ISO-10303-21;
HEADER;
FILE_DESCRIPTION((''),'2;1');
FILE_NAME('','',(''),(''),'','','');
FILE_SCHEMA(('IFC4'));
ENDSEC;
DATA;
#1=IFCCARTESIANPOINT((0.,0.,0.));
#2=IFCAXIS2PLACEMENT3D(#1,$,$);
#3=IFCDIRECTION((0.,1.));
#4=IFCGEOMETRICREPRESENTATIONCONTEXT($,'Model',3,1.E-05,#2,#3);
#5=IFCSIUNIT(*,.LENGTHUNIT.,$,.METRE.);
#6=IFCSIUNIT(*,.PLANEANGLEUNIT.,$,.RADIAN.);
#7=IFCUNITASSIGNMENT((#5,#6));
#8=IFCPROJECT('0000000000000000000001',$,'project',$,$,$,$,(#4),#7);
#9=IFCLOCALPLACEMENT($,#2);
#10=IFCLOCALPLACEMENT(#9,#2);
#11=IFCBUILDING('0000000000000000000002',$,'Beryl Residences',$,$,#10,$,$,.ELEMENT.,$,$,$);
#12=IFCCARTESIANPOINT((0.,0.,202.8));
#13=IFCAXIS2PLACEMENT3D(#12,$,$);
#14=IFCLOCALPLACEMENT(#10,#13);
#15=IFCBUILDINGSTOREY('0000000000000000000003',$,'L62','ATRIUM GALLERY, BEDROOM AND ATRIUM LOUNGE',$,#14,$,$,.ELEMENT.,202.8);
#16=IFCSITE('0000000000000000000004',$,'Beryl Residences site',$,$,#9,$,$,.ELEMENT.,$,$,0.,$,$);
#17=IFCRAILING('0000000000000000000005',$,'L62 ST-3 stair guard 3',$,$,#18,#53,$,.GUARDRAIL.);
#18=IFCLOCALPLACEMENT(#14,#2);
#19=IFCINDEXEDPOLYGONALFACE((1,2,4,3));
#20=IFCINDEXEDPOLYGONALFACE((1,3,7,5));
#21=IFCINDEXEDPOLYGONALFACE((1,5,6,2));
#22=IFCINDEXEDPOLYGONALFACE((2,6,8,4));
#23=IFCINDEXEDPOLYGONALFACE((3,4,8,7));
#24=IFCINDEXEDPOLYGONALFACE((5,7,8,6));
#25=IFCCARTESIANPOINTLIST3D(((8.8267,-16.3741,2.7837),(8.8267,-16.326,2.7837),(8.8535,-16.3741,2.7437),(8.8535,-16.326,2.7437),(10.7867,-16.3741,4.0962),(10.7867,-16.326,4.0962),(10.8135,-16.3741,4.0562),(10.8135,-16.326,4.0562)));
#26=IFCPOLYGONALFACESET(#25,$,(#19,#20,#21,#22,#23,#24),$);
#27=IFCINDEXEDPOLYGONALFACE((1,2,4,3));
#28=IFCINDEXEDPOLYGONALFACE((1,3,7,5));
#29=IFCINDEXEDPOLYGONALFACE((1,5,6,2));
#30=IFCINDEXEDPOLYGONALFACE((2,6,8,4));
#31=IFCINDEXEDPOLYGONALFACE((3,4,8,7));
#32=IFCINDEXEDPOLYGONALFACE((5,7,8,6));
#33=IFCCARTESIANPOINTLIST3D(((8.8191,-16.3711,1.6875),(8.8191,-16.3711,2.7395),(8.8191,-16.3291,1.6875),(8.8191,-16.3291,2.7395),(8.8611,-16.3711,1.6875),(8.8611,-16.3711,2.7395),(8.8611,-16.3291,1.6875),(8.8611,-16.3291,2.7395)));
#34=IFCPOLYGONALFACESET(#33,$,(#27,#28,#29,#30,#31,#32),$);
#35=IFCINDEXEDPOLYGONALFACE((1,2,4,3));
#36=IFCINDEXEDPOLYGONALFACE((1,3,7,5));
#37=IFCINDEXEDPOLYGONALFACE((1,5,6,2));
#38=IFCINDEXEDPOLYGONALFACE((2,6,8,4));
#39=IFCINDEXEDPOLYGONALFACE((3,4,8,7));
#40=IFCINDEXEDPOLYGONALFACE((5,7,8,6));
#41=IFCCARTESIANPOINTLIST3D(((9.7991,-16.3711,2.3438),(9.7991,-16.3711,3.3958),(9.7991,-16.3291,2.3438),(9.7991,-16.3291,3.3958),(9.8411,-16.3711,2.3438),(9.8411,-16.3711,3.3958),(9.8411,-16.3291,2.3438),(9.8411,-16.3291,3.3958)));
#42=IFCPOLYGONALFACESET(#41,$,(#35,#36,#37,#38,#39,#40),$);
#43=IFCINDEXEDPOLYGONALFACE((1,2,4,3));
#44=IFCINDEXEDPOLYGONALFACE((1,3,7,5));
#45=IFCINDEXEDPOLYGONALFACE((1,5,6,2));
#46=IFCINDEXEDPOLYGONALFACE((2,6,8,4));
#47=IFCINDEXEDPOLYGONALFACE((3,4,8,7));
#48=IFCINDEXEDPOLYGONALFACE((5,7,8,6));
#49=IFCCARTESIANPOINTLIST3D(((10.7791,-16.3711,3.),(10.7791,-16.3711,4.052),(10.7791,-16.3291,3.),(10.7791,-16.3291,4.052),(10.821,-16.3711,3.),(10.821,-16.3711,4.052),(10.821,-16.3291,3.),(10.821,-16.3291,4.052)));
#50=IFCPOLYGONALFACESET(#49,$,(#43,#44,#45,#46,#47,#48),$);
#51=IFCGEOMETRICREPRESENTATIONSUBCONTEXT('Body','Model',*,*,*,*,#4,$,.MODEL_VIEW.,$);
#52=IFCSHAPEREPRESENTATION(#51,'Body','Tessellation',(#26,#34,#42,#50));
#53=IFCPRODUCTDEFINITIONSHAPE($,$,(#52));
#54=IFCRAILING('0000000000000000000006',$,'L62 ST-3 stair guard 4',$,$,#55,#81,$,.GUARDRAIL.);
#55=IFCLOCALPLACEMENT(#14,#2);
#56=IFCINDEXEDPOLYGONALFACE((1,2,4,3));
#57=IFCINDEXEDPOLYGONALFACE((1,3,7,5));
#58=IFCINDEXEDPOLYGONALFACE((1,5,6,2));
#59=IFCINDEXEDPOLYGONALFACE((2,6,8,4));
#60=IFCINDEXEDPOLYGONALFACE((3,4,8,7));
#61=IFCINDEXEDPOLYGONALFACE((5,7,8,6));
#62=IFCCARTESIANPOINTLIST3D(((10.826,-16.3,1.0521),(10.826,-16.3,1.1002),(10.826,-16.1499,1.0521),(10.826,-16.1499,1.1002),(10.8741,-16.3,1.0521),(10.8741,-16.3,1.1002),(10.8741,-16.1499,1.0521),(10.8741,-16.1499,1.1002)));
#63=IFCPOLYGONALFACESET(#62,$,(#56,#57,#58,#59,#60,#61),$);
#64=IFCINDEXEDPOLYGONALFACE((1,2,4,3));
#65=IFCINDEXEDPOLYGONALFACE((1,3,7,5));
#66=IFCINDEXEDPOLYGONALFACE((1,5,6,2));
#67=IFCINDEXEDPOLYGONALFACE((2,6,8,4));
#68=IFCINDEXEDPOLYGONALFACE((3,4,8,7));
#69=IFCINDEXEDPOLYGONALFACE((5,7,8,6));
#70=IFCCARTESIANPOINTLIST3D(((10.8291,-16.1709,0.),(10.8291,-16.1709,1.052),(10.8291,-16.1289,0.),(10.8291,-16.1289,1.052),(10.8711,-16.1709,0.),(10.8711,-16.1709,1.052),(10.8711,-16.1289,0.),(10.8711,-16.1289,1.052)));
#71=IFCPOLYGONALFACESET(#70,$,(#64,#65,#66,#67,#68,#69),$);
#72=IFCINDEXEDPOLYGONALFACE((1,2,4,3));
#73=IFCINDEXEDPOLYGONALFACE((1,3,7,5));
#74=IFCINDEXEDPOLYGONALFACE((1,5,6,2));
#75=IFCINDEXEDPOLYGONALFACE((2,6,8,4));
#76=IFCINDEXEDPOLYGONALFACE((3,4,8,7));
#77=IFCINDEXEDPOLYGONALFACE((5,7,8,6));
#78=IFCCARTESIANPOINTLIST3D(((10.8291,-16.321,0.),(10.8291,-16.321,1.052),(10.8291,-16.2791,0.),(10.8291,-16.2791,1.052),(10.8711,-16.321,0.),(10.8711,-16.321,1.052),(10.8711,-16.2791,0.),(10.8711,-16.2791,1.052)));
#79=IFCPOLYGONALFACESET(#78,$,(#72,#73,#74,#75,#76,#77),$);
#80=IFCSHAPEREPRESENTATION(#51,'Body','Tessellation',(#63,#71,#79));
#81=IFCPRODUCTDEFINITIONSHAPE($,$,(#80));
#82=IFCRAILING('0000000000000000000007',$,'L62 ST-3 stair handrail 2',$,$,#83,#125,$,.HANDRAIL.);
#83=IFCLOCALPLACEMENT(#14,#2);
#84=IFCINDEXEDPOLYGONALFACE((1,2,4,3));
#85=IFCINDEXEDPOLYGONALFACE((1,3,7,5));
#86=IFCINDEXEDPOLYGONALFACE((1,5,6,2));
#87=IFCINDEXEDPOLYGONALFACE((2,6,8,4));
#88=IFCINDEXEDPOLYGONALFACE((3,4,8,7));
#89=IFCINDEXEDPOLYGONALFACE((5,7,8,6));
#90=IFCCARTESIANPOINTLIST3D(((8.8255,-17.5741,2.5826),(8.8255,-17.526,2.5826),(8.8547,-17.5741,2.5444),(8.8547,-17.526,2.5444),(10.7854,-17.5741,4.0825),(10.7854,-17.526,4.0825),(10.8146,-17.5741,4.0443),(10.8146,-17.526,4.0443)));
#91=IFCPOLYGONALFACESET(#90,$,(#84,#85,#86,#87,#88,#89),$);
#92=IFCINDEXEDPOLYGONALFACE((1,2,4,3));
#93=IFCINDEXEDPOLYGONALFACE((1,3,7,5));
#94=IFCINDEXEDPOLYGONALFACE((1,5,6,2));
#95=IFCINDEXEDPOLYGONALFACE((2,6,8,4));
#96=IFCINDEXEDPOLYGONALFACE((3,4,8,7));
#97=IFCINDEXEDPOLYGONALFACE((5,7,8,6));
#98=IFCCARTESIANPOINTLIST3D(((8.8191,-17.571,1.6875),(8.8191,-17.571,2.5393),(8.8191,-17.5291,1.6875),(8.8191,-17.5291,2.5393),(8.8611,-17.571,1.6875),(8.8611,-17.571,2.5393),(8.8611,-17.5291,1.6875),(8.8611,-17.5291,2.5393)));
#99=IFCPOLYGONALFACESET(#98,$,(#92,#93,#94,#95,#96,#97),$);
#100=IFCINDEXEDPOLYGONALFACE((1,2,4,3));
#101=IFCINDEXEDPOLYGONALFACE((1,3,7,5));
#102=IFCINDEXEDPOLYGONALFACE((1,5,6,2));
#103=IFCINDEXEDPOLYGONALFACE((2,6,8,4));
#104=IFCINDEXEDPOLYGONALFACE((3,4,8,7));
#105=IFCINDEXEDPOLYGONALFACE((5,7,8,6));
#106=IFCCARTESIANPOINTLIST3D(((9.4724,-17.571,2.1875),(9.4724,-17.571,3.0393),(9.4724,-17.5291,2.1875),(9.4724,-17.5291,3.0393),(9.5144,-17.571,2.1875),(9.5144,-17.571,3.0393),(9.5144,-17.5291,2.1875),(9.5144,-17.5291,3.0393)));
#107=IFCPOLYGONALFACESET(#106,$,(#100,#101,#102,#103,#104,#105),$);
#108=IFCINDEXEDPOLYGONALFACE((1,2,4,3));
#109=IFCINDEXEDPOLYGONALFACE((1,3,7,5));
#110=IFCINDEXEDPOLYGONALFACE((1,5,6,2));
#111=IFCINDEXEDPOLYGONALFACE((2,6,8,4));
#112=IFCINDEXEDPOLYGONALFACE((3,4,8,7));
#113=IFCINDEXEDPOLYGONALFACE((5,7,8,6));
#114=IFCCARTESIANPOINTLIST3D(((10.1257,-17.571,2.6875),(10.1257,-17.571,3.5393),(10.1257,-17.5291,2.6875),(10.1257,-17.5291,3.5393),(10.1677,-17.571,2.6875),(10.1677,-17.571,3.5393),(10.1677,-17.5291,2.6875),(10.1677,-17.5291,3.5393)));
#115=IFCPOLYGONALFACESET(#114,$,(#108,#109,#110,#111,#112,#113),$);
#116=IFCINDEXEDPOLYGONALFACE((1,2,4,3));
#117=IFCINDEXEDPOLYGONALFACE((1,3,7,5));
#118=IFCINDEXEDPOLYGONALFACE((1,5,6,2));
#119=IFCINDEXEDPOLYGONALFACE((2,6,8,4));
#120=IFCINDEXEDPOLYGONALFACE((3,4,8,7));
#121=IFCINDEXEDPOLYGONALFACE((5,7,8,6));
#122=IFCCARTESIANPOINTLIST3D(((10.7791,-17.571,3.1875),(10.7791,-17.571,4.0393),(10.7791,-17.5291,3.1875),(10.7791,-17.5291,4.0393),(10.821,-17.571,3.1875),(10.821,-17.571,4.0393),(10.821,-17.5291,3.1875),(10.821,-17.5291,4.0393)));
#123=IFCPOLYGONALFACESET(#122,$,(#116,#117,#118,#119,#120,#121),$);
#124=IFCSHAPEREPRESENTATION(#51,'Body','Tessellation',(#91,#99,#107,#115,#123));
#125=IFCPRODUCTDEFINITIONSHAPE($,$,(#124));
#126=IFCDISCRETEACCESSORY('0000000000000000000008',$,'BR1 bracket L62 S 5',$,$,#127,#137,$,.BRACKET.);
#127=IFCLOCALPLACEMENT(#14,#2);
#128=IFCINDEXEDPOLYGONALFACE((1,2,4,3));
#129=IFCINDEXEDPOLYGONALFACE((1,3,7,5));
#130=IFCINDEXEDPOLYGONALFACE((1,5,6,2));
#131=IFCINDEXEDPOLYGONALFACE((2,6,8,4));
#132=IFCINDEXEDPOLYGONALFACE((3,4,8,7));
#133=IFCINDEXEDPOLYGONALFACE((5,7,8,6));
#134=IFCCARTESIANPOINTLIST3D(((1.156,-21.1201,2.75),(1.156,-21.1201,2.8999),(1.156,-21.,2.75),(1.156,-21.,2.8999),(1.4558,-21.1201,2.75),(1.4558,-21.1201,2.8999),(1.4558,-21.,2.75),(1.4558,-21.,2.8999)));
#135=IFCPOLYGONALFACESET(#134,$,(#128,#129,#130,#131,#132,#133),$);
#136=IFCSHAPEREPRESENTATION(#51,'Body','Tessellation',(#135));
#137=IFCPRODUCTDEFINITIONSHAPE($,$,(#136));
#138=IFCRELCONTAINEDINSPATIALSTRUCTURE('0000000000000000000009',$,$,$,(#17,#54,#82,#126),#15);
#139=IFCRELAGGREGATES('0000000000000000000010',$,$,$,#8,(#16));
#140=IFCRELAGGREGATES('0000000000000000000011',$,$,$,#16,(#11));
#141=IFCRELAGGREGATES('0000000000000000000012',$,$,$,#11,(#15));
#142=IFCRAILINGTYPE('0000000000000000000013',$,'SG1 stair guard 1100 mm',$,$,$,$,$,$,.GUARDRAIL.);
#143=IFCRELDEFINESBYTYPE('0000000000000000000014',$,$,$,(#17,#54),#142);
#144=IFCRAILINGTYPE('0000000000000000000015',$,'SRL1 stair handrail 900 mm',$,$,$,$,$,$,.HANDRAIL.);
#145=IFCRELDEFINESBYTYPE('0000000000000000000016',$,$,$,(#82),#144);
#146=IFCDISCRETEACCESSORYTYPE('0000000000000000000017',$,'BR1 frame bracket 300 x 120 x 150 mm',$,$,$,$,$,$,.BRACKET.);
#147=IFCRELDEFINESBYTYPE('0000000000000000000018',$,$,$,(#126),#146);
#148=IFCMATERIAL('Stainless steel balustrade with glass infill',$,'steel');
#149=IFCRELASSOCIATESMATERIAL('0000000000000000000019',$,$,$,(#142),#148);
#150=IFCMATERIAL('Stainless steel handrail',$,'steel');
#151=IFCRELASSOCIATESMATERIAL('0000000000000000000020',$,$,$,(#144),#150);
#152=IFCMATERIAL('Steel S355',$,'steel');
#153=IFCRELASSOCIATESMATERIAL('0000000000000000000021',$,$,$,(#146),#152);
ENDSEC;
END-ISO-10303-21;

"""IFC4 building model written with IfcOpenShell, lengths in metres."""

from ifc_helpers import new_model, si_unit, direction, frame, origin, origin_2d, place, context, subcontext, project, spatial, polyline, rectangle, outline, extrude, source, transform, mapped, material, type_object, type_shapes, element, save


model = new_model("IFC4")

# Units and contexts
model_context = context("Model", 3, precision=1e-05, world=origin(), true_north=direction((0.0, 1.0)))
body_context = subcontext(model_context, "Body", "Model", "MODEL_VIEW")
ifc_project = project(units=[si_unit("LENGTHUNIT", "METRE"), si_unit("PLANEANGLEUNIT", "RADIAN")], contexts=[model_context])

# Site, building, storey
site_placement = place(None, origin())
site = spatial("IfcSite", under=ifc_project, at=site_placement, Name="Beryl Residences site", CompositionType="ELEMENT", RefElevation=0.0)
building_placement = place(site_placement, origin())
building = spatial("IfcBuilding", under=site, at=building_placement, Name="Beryl Residences", CompositionType="ELEMENT")
storey_placement = place(building_placement, frame((0.0, 0.0, 202.8)))
storey = spatial("IfcBuildingStorey", under=building, at=storey_placement, Name="L62", Description="ATRIUM GALLERY, BEDROOM AND ATRIUM LOUNGE", CompositionType="ELEMENT", Elevation=202.8)

# Railings
ifc_material_1 = material(Name="Stainless steel balustrade with glass infill", Category="steel")
railing_type_1 = type_object("IfcRailingType", Name="SG1 stair guard 1100 mm", PredefinedType="GUARDRAIL", material=ifc_material_1)
railing_1_placement = place(storey_placement, frame((8.8401, -16.3501, 1.6875)))
element("IfcRailing", 1, at=railing_1_placement, inside=storey, type_object=railing_type_1, Name="L62 ST-3 stair guard 3", PredefinedType="GUARDRAIL", context=body_context, shape_type="SweptSolid", body=[
    extrude(rectangle(XDim=0.0481, YDim=0.0481, at=origin_2d()), frame((0.0, 0.0, 1.0762), z_axis=(0.830902, 0.0, 0.556419), x_axis=(0.0, 1.0, 0.0)), (0.0, 0.0, 1.0), 2.3589),
    extrude(rectangle(XDim=0.042, YDim=0.042, at=origin_2d()), origin(), (0.0, 0.0, 1.0), 1.052),
    extrude(rectangle(XDim=0.042, YDim=0.042, at=origin_2d()), frame((0.98, 0.0, 0.6562)), (0.0, 0.0, 1.0), 1.052),
    extrude(rectangle(XDim=0.042, YDim=0.042, at=origin_2d()), frame((1.96, 0.0, 1.3125)), (0.0, 0.0, 1.0), 1.052),
])
railing_2_placement = place(storey_placement, frame((10.8501, -16.1499, 0.0)))
element("IfcRailing", 2, at=railing_2_placement, inside=storey, type_object=railing_type_1, Name="L62 ST-3 stair guard 4", PredefinedType="GUARDRAIL", context=body_context, shape_type="SweptSolid", body=[
    extrude(rectangle(XDim=0.0481, YDim=0.0481, at=origin_2d()), frame((0.0, 0.0, 1.0762), z_axis=(0.0, -1.0, 0.0), x_axis=(1.0, 0.0, 0.0)), (0.0, 0.0, 1.0), 0.1501),
    extrude(rectangle(XDim=0.042, YDim=0.042, at=origin_2d()), origin(), (0.0, 0.0, 1.0), 1.052),
    extrude(rectangle(XDim=0.042, YDim=0.042, at=origin_2d()), frame((0.0, -0.1501, 0.0)), (0.0, 0.0, 1.0), 1.052),
])
ifc_material_2 = material(Name="Stainless steel handrail", Category="steel")
railing_type_2 = type_object("IfcRailingType", Name="SRL1 stair handrail 900 mm", PredefinedType="HANDRAIL", material=ifc_material_2)
railing_3_placement = place(storey_placement, frame((8.8401, -17.55, 1.6875)))
element("IfcRailing", 3, at=railing_3_placement, inside=storey, type_object=railing_type_2, Name="L62 ST-3 stair handrail 2", PredefinedType="HANDRAIL", context=body_context, shape_type="SweptSolid", body=[
    extrude(rectangle(XDim=0.0481, YDim=0.0481, at=origin_2d()), frame((0.0, 0.0, 0.876), z_axis=(0.794122, 0.0, 0.607758), x_axis=(0.0, 1.0, 0.0)), (0.0, 0.0, 1.0), 2.468),
    extrude(rectangle(XDim=0.042, YDim=0.042, at=origin_2d()), origin(), (0.0, 0.0, 1.0), 0.8518),
    extrude(rectangle(XDim=0.042, YDim=0.042, at=origin_2d()), frame((0.6533, 0.0, 0.5)), (0.0, 0.0, 1.0), 0.8518),
    extrude(rectangle(XDim=0.042, YDim=0.042, at=origin_2d()), frame((1.3066, 0.0, 1.0)), (0.0, 0.0, 1.0), 0.8518),
    extrude(rectangle(XDim=0.042, YDim=0.042, at=origin_2d()), frame((1.96, 0.0, 1.5)), (0.0, 0.0, 1.0), 0.8518),
])

# Discrete accessory
ifc_material_3 = material(Name="Steel S355", Category="steel")
discrete_accessory_type = type_object("IfcDiscreteAccessoryType", Name="BR1 frame bracket 300 x 120 x 150 mm", PredefinedType="BRACKET", material=ifc_material_3)
shared_shape_1 = source(origin(), body_context, "Body", "SweptSolid", [
    extrude(outline(polyline([(-0.1499, 0.0), (0.1499, 0.0), (0.1499, 0.1201), (-0.1499, 0.1201), (-0.1499, 0.0)])), origin(), (0.0, 0.0, 1.0), 0.1499),
])
type_shapes(discrete_accessory_type, [shared_shape_1])
discrete_accessory_placement = place(storey_placement, frame((1.3059, -21.0, 2.75), z_axis=(0.0, 0.0, 1.0), x_axis=(-1.0, 0.0, 0.0)))
element("IfcDiscreteAccessory", 4, at=discrete_accessory_placement, inside=storey, type_object=discrete_accessory_type, Name="BR1 bracket L62 S 5", PredefinedType="BRACKET", context=body_context, shape_type="MappedRepresentation", body=[
    mapped(shared_shape_1, transform((0.0, 0.0, 0.0))),
])

save(model, "model.ifc")
